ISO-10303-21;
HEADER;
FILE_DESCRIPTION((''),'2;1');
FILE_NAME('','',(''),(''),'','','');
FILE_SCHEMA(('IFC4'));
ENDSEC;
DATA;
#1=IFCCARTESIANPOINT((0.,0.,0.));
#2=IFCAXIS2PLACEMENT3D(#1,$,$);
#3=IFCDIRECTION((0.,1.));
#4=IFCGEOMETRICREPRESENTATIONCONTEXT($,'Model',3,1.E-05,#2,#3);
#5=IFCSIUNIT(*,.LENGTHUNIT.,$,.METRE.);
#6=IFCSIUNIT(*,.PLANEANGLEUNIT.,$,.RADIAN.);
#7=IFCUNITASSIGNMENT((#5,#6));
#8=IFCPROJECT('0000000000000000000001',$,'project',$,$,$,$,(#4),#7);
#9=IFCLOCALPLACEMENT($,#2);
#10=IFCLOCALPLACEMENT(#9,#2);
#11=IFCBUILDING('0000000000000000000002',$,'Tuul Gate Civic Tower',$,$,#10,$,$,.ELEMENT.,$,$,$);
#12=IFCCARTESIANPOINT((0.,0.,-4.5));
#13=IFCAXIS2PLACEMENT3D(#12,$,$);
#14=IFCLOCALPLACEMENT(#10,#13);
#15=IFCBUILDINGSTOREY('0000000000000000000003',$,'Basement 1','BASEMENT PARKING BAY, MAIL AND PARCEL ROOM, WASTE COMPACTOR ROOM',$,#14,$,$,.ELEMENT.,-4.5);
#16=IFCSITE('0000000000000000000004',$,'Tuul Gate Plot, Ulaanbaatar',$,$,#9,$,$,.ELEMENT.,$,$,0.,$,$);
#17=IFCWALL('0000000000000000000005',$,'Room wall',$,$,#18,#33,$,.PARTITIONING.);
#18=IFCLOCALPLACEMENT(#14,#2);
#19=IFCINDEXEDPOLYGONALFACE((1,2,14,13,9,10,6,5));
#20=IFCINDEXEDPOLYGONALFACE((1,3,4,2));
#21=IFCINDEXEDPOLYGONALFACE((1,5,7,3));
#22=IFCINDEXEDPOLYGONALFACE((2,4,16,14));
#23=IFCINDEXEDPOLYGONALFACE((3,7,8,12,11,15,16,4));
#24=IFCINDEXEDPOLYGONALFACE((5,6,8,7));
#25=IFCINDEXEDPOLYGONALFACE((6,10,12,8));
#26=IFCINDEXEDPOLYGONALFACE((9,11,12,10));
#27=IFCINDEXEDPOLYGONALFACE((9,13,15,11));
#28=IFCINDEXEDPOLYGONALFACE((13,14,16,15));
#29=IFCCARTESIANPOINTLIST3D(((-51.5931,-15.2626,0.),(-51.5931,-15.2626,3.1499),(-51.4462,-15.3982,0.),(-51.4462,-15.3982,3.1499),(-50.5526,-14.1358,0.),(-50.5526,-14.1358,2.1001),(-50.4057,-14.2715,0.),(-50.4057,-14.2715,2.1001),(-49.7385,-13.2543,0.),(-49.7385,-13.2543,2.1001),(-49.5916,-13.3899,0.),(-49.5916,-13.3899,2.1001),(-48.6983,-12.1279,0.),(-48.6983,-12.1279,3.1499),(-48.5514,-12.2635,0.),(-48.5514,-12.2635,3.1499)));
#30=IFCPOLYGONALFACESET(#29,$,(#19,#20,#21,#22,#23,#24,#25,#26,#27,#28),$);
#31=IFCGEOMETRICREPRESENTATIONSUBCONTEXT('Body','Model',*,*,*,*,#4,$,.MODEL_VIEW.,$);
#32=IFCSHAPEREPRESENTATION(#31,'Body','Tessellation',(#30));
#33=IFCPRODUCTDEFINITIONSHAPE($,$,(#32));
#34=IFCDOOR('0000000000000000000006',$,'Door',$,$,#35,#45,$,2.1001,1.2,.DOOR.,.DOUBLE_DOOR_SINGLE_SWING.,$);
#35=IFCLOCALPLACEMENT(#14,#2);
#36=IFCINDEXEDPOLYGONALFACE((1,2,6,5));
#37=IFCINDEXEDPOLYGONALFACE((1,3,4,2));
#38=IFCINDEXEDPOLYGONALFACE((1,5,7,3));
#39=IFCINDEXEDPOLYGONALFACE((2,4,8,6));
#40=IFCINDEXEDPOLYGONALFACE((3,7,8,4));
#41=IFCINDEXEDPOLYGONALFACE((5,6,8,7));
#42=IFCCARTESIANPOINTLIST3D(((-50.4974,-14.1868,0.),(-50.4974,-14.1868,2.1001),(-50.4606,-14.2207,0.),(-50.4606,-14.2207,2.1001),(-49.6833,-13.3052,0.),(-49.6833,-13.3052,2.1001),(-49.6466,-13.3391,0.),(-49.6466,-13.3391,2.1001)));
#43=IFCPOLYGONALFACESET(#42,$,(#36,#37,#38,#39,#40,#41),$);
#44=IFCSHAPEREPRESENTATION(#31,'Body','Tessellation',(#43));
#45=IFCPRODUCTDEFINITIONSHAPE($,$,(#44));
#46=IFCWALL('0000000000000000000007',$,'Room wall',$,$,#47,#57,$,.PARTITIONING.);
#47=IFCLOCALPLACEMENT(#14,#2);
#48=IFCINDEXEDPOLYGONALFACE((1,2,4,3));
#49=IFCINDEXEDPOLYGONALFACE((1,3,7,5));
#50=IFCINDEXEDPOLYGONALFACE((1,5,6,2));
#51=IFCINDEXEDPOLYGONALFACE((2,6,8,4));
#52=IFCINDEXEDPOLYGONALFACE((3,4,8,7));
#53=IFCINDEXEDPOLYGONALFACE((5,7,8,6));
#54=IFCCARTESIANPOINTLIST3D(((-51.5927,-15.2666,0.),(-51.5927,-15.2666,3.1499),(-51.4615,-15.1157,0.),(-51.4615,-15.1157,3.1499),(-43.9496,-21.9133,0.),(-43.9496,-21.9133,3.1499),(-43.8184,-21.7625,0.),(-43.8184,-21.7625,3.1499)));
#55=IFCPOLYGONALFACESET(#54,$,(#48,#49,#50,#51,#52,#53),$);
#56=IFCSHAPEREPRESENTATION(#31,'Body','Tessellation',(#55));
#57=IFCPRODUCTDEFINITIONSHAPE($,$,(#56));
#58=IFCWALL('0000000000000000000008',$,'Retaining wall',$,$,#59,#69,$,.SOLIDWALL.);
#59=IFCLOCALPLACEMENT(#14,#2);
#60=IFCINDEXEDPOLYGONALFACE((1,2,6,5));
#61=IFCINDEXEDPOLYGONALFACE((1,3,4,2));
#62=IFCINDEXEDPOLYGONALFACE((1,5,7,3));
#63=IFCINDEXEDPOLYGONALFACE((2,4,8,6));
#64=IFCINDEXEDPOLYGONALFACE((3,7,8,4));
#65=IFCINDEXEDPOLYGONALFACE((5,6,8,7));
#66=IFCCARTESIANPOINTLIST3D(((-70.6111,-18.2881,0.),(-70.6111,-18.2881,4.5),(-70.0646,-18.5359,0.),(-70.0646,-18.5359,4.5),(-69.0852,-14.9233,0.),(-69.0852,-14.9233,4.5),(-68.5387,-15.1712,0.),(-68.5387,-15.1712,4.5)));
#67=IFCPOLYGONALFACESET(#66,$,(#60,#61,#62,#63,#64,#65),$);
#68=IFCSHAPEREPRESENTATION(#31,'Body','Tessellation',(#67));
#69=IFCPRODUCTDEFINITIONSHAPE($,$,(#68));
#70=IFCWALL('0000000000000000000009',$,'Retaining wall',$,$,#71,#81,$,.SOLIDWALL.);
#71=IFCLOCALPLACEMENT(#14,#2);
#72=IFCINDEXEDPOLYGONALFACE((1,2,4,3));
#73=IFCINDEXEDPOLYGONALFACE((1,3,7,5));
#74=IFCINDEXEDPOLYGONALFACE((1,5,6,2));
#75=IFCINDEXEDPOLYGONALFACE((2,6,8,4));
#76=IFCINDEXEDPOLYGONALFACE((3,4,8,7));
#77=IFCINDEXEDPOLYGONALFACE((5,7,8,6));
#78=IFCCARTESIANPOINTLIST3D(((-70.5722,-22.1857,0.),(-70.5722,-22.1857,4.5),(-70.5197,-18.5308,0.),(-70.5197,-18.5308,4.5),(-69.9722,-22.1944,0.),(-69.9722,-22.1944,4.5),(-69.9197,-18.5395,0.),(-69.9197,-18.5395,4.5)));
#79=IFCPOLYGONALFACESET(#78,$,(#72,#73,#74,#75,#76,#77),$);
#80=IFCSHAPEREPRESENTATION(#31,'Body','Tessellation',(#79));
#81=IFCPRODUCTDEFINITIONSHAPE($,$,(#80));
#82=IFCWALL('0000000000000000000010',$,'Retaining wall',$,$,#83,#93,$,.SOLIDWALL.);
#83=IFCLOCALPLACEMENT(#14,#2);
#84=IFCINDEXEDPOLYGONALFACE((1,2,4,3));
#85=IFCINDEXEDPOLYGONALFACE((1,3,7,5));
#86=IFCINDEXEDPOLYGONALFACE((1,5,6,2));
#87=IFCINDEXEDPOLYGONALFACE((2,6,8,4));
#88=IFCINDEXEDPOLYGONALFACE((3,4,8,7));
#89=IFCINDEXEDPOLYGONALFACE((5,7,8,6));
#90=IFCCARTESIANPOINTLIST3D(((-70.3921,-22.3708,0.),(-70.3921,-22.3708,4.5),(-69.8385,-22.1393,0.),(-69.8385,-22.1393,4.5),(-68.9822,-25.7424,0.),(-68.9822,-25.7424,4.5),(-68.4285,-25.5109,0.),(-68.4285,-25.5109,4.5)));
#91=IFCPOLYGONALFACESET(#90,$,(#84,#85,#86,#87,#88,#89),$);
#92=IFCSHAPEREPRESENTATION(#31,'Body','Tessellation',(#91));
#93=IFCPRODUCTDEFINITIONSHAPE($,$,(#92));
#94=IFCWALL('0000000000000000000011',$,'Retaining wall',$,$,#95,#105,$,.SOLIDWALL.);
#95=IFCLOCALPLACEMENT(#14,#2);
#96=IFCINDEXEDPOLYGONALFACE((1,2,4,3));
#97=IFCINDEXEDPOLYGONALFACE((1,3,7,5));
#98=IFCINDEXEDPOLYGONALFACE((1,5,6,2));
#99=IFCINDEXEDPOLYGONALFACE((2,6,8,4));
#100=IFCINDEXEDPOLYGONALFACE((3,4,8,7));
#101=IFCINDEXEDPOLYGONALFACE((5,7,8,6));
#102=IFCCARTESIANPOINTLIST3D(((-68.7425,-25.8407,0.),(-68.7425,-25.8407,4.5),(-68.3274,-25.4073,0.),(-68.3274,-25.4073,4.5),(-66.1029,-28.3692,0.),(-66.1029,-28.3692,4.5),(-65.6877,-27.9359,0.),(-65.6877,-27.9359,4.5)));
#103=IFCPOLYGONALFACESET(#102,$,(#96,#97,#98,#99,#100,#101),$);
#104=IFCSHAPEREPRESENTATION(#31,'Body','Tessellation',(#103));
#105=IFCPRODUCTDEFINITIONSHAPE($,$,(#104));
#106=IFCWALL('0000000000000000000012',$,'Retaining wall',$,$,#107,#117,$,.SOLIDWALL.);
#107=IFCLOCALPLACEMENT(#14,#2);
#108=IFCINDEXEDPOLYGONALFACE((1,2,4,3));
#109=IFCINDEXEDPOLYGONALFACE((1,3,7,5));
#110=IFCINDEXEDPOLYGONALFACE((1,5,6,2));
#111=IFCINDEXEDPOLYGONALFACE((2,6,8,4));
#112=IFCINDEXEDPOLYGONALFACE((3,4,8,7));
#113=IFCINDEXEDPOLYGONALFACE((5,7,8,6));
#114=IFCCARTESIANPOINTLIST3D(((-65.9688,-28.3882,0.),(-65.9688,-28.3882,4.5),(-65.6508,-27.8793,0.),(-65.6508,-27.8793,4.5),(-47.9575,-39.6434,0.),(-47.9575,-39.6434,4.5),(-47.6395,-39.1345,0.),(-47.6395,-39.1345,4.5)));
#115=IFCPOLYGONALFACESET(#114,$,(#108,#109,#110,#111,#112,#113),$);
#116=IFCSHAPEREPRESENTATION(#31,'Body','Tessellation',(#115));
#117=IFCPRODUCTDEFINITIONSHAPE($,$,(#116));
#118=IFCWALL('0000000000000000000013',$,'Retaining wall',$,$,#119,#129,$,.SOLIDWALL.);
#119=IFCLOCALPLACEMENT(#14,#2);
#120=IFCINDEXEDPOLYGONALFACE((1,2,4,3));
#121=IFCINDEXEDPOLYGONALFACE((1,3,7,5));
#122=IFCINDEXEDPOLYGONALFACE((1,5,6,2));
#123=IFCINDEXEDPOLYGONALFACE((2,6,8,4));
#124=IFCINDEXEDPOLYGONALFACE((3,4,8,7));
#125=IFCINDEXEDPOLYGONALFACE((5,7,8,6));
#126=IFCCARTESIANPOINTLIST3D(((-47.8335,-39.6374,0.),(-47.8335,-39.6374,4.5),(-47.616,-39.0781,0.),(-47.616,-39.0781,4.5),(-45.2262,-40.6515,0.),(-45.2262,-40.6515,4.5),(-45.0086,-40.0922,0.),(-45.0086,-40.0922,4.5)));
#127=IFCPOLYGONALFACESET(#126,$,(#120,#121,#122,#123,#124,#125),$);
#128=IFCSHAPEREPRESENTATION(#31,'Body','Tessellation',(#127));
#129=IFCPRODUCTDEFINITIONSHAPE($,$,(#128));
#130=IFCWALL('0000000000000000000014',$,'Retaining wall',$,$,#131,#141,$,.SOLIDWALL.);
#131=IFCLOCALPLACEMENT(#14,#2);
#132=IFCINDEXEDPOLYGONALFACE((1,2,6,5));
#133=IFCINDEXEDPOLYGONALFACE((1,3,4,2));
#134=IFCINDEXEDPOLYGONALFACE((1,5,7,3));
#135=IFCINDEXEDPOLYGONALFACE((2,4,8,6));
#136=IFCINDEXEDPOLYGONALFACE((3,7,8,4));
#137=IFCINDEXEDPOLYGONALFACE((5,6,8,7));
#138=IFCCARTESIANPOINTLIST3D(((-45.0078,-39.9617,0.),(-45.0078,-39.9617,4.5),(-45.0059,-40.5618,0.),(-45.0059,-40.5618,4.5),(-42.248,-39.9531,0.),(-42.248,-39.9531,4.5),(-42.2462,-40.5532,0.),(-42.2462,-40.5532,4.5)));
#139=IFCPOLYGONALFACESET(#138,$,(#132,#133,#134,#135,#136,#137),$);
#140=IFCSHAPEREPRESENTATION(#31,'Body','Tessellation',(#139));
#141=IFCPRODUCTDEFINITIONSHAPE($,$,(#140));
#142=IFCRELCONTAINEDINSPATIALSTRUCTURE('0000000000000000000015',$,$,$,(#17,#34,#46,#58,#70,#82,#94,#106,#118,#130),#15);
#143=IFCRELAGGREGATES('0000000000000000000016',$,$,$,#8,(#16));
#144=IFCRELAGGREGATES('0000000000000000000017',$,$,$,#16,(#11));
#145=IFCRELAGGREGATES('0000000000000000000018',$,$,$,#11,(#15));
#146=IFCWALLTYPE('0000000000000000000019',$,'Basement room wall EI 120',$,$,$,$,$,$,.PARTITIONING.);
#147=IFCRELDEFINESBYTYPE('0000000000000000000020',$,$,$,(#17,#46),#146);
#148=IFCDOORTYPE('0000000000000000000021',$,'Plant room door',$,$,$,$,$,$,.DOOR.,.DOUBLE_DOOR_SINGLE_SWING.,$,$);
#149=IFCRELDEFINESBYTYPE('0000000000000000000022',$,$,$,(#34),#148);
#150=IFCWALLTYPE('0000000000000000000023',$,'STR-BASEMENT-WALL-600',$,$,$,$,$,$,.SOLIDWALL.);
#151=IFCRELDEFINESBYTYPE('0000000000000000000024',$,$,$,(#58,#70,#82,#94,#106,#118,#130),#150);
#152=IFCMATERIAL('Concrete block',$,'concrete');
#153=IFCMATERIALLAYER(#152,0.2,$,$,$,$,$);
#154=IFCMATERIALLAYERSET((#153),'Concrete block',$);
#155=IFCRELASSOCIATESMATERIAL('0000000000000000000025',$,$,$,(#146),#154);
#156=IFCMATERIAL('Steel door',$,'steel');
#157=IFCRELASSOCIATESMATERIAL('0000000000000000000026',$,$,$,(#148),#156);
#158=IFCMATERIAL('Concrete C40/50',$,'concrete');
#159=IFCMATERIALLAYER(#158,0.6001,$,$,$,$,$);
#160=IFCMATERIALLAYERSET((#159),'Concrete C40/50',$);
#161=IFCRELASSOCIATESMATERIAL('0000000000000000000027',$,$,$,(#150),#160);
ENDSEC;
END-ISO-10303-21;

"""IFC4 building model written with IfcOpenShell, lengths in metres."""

from ifc_helpers import new_model, si_unit, direction, frame, frame_2d, origin, place, context, subcontext, project, spatial, rectangle, extrude, material, layer, layer_set, type_object, element, fill, save


model = new_model("IFC4")

# Units and contexts
model_context = context("Model", 3, precision=1e-05, world=origin(), true_north=direction((0.0, 1.0)))
body_context = subcontext(model_context, "Body", "Model", "MODEL_VIEW")
ifc_project = project(units=[si_unit("LENGTHUNIT", "METRE"), si_unit("PLANEANGLEUNIT", "RADIAN")], contexts=[model_context])

# Site, building, storey
site_placement = place(None, origin())
site = spatial("IfcSite", under=ifc_project, at=site_placement, Name="Tuul Gate Plot, Ulaanbaatar", CompositionType="ELEMENT", RefElevation=0.0)
building_placement = place(site_placement, origin())
building = spatial("IfcBuilding", under=site, at=building_placement, Name="Tuul Gate Civic Tower", CompositionType="ELEMENT")
storey_placement = place(building_placement, frame((0.0, 0.0, -4.5)))
storey = spatial("IfcBuildingStorey", under=building, at=storey_placement, Name="Basement 1", Description="BASEMENT PARKING BAY, MAIL AND PARCEL ROOM, WASTE COMPACTOR ROOM", CompositionType="ELEMENT", Elevation=-4.5)

# Wall, opening, door
ifc_material_1 = material(Name="Concrete block", Category="concrete")
ifc_layer_1 = layer(ifc_material_1, 0.2)
ifc_layer_set_1 = layer_set([ifc_layer_1], Name="Concrete block")
wall_type_1 = type_object("IfcWallType", Name="Basement room wall EI 120", PredefinedType="PARTITIONING", material=ifc_layer_set_1)
wall_1_placement = place(storey_placement, frame((-51.5195, -15.3303, 0.0), z_axis=(0.0, 0.0, 1.0), x_axis=(0.678425, 0.73467, 0.0)))
wall_1 = element("IfcWall", 1, at=wall_1_placement, inside=storey, type_object=wall_type_1, Name="Room wall", PredefinedType="PARTITIONING", context=body_context, shape_type="SweptSolid", body=[
    extrude(rectangle(XDim=4.2668, YDim=0.2, at=frame_2d((2.1333, 0.0))), origin(), (0.0, 0.0, 1.0), 3.1499),
])
opening_placement = place(wall_1_placement, frame((1.5334, 0.0, 0.0)))
opening = element("IfcOpeningElement", 2, at=opening_placement, cuts=wall_1, PredefinedType="OPENING", context=body_context, shape_type="SweptSolid", body=[
    extrude(rectangle(XDim=1.2, YDim=2.1001, at=frame_2d((0.6001, 1.05))), frame((0.0, 0.1099, 0.0), z_axis=(0.0, -1.0, 0.0), x_axis=(1.0, 0.0, 0.0)), (0.0, 0.0, 1.0), 0.22),
])
ifc_material_2 = material(Name="Steel door", Category="steel")
door_type = type_object("IfcDoorType", Name="Plant room door", OperationType="DOUBLE_DOOR_SINGLE_SWING", PredefinedType="DOOR", material=ifc_material_2)
door_placement = place(opening_placement, origin())
door = element("IfcDoor", 3, at=door_placement, inside=storey, type_object=door_type, Name="Door", OperationType="DOUBLE_DOOR_SINGLE_SWING", OverallHeight=2.1001, OverallWidth=1.2, PredefinedType="DOOR", context=body_context, shape_type="SweptSolid", body=[
    extrude(rectangle(XDim=1.2, YDim=2.1001, at=frame_2d((0.6001, 1.05))), frame((0.0, 0.0249, 0.0), z_axis=(0.0, -1.0, 0.0), x_axis=(1.0, 0.0, 0.0)), (0.0, 0.0, 1.0), 0.05),
])
fill(opening, door)

# Walls
wall_2_placement = place(storey_placement, frame((-43.884, -21.8379, 0.0), z_axis=(0.0, 0.0, 1.0), x_axis=(-0.754577, 0.656212, 0.0)))
element("IfcWall", 4, at=wall_2_placement, inside=storey, type_object=wall_type_1, Name="Room wall", PredefinedType="PARTITIONING", context=body_context, shape_type="SweptSolid", body=[
    extrude(rectangle(XDim=10.1289, YDim=0.2, at=frame_2d((5.0645, 0.0))), origin(), (0.0, 0.0, 1.0), 3.1499),
])
ifc_material_3 = material(Name="Concrete C40/50", Category="concrete")
ifc_layer_2 = layer(ifc_material_3, 0.6001)
ifc_layer_set_2 = layer_set([ifc_layer_2], Name="Concrete C40/50")
wall_type_2 = type_object("IfcWallType", Name="STR-BASEMENT-WALL-600", PredefinedType="SOLIDWALL", material=ifc_layer_set_2)
wall_3_placement = place(storey_placement, frame((-68.812, -15.0474, 0.0), z_axis=(0.0, 0.0, 1.0), x_axis=(-0.413006, -0.910728, 0.0)))
element("IfcWall", 5, at=wall_3_placement, inside=storey, type_object=wall_type_2, Name="Retaining wall", PredefinedType="SOLIDWALL", context=body_context, shape_type="SweptSolid", body=[
    extrude(rectangle(XDim=3.6946, YDim=0.6001, at=frame_2d((1.8472, 0.0))), origin(), (0.0, 0.0, 1.0), 4.5),
])
wall_4_placement = place(storey_placement, frame((-70.2197, -18.5352, 0.0), z_axis=(0.0, 0.0, 1.0), x_axis=(-0.014361, -0.999897, 0.0)))
element("IfcWall", 6, at=wall_4_placement, inside=storey, type_object=wall_type_2, Name="Retaining wall", PredefinedType="SOLIDWALL", context=body_context, shape_type="SweptSolid", body=[
    extrude(rectangle(XDim=3.6553, YDim=0.6001, at=frame_2d((1.8276, 0.0))), origin(), (0.0, 0.0, 1.0), 4.5),
])
wall_5_placement = place(storey_placement, frame((-70.1152, -22.2551, 0.0), z_axis=(0.0, 0.0, 1.0), x_axis=(0.385801, -0.922582, 0.0)))
element("IfcWall", 7, at=wall_5_placement, inside=storey, type_object=wall_type_2, Name="Retaining wall", PredefinedType="SOLIDWALL", context=body_context, shape_type="SweptSolid", body=[
    extrude(rectangle(XDim=3.6545, YDim=0.6001, at=frame_2d((1.8271, 0.0))), origin(), (0.0, 0.0, 1.0), 4.5),
])
wall_6_placement = place(storey_placement, frame((-68.5349, -25.624, 0.0), z_axis=(0.0, 0.0, 1.0), x_axis=(0.722138, -0.691749, 0.0)))
element("IfcWall", 8, at=wall_6_placement, inside=storey, type_object=wall_type_2, Name="Retaining wall", PredefinedType="SOLIDWALL", context=body_context, shape_type="SweptSolid", body=[
    extrude(rectangle(XDim=3.6553, YDim=0.6001, at=frame_2d((1.8276, 0.0))), origin(), (0.0, 0.0, 1.0), 4.5),
])
wall_7_placement = place(storey_placement, frame((-65.8098, -28.1338, 0.0), z_axis=(0.0, 0.0, 1.0), x_axis=(0.848038, -0.529935, 0.0)))
element("IfcWall", 9, at=wall_7_placement, inside=storey, type_object=wall_type_2, Name="Retaining wall", PredefinedType="SOLIDWALL", context=body_context, shape_type="SweptSolid", body=[
    extrude(rectangle(XDim=21.2388, YDim=0.6001, at=frame_2d((10.6194, 0.0))), origin(), (0.0, 0.0, 1.0), 4.5),
])
wall_8_placement = place(storey_placement, frame((-47.7249, -39.3577, 0.0), z_axis=(0.0, 0.0, 1.0), x_axis=(0.931985, -0.362497, 0.0)))
element("IfcWall", 10, at=wall_8_placement, inside=storey, type_object=wall_type_2, Name="Retaining wall", PredefinedType="SOLIDWALL", context=body_context, shape_type="SweptSolid", body=[
    extrude(rectangle(XDim=2.7976, YDim=0.6001, at=frame_2d((1.3989, 0.0))), origin(), (0.0, 0.0, 1.0), 4.5),
])
wall_9_placement = place(storey_placement, frame((-45.0068, -40.2617, 0.0), z_axis=(0.0, 0.0, 1.0), x_axis=(0.999995, 0.003096, 0.0)))
element("IfcWall", 11, at=wall_9_placement, inside=storey, type_object=wall_type_2, Name="Retaining wall", PredefinedType="SOLIDWALL", context=body_context, shape_type="SweptSolid", body=[
    extrude(rectangle(XDim=2.7598, YDim=0.6001, at=frame_2d((1.3799, 0.0))), origin(), (0.0, 0.0, 1.0), 4.5),
])

save(model, "model.ifc")
